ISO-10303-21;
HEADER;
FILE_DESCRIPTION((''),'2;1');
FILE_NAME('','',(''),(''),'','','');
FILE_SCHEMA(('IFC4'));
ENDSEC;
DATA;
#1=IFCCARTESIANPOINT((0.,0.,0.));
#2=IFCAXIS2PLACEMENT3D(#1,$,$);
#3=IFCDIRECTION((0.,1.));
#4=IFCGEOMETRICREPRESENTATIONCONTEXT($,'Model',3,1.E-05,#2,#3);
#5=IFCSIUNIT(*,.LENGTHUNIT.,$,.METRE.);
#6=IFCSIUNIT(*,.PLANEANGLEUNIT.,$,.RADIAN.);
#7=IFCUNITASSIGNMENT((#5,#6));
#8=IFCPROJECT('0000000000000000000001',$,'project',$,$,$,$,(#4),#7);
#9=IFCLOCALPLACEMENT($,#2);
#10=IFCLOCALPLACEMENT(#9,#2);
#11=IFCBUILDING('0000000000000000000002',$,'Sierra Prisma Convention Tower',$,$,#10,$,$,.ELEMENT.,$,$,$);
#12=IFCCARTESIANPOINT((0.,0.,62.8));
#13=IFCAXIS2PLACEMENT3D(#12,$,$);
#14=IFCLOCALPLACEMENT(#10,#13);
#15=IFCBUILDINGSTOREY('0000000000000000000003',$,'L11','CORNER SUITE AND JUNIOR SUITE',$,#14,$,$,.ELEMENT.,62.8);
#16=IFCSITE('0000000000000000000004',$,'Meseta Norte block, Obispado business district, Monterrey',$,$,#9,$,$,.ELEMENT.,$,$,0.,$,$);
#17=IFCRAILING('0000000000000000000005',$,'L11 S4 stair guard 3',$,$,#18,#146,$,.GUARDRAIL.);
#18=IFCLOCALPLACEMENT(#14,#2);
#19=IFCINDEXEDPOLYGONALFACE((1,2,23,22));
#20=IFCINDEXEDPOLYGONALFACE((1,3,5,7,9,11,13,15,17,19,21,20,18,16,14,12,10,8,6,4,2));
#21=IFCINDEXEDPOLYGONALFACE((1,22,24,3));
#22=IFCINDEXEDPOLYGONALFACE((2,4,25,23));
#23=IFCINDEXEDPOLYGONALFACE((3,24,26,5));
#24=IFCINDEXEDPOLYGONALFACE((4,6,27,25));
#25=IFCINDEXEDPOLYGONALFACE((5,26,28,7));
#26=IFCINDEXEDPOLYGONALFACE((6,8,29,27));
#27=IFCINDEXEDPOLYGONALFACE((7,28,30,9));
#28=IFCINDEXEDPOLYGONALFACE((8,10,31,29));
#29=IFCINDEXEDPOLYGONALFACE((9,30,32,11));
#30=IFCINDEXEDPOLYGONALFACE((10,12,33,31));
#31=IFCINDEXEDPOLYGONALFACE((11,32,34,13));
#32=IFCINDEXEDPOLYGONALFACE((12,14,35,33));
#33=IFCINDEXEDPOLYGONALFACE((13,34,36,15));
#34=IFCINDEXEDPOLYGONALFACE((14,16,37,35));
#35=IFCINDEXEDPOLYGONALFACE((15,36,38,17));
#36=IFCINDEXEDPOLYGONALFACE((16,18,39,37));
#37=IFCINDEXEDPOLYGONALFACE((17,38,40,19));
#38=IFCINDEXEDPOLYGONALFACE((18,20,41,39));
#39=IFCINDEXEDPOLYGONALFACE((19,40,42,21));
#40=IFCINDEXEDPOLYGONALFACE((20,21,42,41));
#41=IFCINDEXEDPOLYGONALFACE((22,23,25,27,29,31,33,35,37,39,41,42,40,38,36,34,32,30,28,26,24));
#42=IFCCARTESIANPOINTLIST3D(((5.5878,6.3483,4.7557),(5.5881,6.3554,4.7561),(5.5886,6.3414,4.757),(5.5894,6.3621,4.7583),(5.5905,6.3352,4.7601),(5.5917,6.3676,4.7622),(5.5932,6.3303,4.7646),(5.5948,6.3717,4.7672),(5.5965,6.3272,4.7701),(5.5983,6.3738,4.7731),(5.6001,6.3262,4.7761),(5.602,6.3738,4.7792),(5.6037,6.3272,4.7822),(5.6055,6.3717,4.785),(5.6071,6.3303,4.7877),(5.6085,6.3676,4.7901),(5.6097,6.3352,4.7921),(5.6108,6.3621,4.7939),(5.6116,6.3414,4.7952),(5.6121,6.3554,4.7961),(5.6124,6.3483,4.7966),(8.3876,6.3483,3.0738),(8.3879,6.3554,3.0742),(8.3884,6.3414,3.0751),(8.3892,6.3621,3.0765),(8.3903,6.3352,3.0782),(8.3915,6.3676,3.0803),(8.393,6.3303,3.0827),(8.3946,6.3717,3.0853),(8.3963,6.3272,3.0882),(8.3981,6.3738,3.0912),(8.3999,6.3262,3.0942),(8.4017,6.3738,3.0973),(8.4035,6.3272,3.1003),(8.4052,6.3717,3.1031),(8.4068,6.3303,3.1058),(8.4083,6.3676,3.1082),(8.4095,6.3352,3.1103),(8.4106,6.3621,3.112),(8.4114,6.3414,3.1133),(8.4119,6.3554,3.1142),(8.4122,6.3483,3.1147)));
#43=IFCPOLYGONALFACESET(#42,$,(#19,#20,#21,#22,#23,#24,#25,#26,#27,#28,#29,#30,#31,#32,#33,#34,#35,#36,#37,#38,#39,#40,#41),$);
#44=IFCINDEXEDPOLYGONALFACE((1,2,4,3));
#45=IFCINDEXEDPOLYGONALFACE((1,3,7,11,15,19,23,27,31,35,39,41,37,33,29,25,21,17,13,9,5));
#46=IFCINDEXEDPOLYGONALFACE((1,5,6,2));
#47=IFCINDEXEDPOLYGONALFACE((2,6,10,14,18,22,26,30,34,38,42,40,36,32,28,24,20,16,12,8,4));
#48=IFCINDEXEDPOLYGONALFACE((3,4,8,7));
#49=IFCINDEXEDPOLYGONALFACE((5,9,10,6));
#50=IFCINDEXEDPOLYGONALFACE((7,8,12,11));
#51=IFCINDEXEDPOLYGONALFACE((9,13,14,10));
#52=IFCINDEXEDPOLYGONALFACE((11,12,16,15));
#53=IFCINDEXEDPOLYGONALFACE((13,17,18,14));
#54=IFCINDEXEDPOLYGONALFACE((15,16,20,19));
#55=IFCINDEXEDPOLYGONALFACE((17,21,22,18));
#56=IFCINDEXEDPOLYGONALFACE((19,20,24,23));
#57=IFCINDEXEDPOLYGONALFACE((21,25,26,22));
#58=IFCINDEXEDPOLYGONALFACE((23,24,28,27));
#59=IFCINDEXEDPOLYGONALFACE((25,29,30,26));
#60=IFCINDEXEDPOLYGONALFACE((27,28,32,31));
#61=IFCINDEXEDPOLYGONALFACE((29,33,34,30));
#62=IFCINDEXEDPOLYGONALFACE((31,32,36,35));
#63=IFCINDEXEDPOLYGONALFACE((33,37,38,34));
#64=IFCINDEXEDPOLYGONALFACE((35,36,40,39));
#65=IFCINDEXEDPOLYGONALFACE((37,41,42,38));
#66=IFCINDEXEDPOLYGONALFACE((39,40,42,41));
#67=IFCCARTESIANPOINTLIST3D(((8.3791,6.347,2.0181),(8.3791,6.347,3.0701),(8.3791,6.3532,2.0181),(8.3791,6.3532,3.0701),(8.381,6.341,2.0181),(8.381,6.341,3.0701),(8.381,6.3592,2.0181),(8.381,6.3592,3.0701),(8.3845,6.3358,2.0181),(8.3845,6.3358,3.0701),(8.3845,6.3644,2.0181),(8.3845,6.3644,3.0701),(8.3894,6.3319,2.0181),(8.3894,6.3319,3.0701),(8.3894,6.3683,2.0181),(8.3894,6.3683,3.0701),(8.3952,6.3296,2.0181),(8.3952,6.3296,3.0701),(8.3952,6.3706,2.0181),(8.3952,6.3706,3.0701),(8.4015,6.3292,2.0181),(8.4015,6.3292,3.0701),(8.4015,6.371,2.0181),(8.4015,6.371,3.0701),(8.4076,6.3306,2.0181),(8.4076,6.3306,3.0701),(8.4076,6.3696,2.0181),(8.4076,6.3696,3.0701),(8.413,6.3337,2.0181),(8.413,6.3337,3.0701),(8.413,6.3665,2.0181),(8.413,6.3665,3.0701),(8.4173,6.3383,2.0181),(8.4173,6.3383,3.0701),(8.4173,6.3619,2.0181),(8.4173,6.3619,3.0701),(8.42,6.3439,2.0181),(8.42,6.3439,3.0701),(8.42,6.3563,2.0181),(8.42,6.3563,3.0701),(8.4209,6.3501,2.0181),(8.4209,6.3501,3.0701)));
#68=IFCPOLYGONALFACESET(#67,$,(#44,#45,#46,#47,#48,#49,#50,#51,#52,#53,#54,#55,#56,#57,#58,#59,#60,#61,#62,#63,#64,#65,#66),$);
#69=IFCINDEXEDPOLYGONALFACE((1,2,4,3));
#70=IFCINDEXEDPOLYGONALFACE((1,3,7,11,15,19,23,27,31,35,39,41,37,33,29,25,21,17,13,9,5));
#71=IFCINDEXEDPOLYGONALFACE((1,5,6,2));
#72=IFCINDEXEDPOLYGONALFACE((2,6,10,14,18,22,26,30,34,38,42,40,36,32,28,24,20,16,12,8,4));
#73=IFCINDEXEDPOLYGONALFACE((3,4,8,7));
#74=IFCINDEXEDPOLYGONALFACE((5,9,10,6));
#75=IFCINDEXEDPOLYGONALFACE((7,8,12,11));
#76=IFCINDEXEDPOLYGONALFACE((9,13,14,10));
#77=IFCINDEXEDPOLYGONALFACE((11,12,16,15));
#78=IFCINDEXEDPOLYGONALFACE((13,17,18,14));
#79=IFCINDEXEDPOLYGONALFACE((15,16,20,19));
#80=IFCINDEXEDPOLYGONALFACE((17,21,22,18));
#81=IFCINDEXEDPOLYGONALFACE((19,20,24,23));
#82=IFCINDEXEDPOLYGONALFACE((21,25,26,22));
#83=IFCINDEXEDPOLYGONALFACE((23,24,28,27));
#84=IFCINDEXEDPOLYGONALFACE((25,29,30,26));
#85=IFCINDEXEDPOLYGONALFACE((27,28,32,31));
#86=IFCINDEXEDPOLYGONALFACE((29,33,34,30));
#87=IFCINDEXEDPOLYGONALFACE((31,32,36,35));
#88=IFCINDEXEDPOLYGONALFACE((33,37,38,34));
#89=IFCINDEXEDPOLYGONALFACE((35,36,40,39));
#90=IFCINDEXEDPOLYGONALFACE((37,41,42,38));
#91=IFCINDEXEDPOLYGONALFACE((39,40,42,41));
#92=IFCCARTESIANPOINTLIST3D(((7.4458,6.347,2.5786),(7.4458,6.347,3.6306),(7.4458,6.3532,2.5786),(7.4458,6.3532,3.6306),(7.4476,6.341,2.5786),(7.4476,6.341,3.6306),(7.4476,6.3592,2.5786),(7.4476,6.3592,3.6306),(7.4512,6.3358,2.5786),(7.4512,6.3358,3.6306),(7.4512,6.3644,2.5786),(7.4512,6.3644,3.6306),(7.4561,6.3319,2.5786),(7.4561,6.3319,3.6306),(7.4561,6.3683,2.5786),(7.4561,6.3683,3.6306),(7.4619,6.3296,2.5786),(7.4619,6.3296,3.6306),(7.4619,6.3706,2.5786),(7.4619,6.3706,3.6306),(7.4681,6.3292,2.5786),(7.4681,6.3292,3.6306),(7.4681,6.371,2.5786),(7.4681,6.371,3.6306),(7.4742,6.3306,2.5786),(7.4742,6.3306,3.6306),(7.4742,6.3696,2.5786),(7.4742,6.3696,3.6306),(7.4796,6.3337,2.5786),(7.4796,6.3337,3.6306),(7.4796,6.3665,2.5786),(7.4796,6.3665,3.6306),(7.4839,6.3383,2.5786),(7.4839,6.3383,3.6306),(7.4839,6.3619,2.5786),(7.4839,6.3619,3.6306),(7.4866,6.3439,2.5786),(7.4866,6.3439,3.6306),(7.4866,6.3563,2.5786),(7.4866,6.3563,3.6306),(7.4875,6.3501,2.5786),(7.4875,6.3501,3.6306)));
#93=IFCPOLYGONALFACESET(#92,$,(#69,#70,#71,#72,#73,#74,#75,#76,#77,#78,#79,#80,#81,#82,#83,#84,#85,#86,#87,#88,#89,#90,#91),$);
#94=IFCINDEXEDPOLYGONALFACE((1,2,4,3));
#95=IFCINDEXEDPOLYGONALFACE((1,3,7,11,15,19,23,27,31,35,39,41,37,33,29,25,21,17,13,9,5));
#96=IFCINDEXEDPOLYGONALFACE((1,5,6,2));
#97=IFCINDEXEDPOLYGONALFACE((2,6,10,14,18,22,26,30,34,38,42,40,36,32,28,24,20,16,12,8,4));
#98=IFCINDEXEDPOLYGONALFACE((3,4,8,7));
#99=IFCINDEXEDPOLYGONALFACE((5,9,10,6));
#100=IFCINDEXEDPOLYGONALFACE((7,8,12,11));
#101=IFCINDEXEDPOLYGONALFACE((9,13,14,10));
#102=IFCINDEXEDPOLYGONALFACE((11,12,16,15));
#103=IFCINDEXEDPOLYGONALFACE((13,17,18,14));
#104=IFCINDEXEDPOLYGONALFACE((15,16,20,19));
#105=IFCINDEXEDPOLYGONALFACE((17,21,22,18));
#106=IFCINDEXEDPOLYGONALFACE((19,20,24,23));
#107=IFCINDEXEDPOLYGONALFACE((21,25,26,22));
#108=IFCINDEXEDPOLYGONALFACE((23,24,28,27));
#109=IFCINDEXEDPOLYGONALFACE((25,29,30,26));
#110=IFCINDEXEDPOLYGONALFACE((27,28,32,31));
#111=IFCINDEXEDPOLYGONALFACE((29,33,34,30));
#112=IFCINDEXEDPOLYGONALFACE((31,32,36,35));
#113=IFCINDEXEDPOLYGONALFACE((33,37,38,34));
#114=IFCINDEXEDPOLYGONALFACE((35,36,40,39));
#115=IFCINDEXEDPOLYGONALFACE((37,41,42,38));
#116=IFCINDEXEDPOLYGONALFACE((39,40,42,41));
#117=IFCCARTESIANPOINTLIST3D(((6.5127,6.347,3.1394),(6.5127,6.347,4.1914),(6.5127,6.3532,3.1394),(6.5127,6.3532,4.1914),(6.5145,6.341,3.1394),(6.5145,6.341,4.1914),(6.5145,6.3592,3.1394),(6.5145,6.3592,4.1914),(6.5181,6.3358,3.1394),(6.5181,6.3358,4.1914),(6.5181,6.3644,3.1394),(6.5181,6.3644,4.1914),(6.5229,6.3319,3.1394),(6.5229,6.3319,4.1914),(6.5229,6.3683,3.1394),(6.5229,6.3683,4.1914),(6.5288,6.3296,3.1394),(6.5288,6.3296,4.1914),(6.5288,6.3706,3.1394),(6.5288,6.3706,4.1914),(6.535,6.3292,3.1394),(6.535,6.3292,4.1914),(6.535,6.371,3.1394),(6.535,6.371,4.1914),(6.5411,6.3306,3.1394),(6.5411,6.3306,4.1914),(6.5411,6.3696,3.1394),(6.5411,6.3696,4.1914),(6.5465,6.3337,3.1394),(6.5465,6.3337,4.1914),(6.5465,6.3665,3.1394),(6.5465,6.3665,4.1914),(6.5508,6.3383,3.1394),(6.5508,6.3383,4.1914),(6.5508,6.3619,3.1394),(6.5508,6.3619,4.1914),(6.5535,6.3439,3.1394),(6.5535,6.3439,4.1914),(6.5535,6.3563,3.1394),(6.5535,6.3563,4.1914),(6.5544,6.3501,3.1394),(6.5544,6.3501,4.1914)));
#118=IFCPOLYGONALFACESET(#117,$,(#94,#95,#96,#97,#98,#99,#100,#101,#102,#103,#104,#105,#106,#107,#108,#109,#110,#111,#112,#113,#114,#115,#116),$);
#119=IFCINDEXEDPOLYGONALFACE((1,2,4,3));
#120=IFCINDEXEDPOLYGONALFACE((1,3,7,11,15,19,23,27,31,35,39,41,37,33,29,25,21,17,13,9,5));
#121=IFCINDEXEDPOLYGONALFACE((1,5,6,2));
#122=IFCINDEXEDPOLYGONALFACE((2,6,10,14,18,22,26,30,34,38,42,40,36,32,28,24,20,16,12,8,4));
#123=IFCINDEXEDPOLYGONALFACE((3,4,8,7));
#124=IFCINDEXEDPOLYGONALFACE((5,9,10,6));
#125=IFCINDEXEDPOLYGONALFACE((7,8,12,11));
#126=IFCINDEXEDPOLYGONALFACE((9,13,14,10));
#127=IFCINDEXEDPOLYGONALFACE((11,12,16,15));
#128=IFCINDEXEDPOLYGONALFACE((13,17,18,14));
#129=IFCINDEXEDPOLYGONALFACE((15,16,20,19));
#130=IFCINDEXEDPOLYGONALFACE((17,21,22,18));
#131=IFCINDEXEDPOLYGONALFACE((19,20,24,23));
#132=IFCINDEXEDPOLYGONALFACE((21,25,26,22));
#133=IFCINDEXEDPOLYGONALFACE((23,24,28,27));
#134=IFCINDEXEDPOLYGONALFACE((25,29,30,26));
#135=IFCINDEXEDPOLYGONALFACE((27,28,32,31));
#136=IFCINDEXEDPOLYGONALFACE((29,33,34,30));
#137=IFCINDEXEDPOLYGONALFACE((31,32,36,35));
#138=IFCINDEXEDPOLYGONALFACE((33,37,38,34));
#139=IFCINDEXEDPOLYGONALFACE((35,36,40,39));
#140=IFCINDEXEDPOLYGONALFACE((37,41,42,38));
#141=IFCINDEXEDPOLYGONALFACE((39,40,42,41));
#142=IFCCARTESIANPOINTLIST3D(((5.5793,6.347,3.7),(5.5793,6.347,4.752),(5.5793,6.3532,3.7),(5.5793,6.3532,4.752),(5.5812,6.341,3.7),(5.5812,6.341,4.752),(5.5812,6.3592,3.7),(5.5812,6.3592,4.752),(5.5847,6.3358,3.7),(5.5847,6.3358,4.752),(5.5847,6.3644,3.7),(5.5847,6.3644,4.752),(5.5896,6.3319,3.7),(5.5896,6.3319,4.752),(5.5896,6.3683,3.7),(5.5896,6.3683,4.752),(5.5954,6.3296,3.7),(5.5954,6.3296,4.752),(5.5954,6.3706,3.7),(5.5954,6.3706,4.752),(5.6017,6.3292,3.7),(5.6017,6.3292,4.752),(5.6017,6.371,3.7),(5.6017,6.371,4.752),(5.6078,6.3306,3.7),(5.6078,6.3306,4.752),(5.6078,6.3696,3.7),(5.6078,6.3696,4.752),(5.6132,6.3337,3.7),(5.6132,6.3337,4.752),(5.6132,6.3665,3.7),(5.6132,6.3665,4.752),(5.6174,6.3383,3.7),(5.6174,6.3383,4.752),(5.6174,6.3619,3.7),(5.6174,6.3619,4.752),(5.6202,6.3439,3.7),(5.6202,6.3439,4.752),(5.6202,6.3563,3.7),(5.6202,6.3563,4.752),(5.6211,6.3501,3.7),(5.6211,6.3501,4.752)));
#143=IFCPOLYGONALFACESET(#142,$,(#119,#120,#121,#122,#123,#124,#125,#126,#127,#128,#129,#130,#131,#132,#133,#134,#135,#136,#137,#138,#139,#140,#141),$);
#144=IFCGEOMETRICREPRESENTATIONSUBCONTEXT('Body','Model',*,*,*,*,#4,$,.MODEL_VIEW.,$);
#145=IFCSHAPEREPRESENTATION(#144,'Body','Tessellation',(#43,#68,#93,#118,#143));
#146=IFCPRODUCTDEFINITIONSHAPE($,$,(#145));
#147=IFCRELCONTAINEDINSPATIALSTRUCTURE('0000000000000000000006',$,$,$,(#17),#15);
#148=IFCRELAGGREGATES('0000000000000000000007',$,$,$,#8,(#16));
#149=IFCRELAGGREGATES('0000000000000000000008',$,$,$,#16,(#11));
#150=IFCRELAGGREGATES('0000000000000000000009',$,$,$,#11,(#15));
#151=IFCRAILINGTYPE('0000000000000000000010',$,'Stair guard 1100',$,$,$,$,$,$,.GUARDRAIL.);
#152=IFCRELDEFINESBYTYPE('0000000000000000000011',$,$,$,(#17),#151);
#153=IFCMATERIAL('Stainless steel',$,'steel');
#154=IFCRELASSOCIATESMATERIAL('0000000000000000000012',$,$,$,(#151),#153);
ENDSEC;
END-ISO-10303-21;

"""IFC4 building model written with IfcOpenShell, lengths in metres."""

from ifc_helpers import new_model, si_unit, direction, frame, origin, origin_2d, place, context, subcontext, project, spatial, circle, extrude, material, type_object, element, save


model = new_model("IFC4")

# Units and contexts
model_context = context("Model", 3, precision=1e-05, world=origin(), true_north=direction((0.0, 1.0)))
body_context = subcontext(model_context, "Body", "Model", "MODEL_VIEW")
ifc_project = project(units=[si_unit("LENGTHUNIT", "METRE"), si_unit("PLANEANGLEUNIT", "RADIAN")], contexts=[model_context])

# Site, building, storey
site_placement = place(None, origin())
site = spatial("IfcSite", under=ifc_project, at=site_placement, Name="Meseta Norte block, Obispado business district, Monterrey", CompositionType="ELEMENT", RefElevation=0.0)
building_placement = place(site_placement, origin())
building = spatial("IfcBuilding", under=site, at=building_placement, Name="Sierra Prisma Convention Tower", CompositionType="ELEMENT")
storey_placement = place(building_placement, frame((0.0, 0.0, 62.8)))
storey = spatial("IfcBuildingStorey", under=building, at=storey_placement, Name="L11", Description="CORNER SUITE AND JUNIOR SUITE", CompositionType="ELEMENT", Elevation=62.8)

# Railing
ifc_material_1 = material(Name="Stainless steel", Category="steel")
railing_type_1 = type_object("IfcRailingType", Name="Stair guard 1100", PredefinedType="GUARDRAIL", material=ifc_material_1)
railing_1_placement = place(storey_placement, frame((8.3999, 6.3501, 2.0181)))
element("IfcRailing", 1, at=railing_1_placement, inside=storey, type_object=railing_type_1, Name="L11 S4 stair guard 3", PredefinedType="GUARDRAIL", context=body_context, shape_type="SweptSolid", body=[
    extrude(circle(Radius=0.0239, at=origin_2d()), frame((0.0, 0.0, 1.0762), z_axis=(-0.857222, 0.0, 0.514946), x_axis=(0.0, -1.0, 0.0)), (0.0, 0.0, 1.0), 3.2661),
    extrude(circle(Radius=0.021, at=origin_2d()), origin(), (0.0, 0.0, 1.0), 1.052),
    extrude(circle(Radius=0.021, at=origin_2d()), frame((-0.9333, 0.0, 0.5605)), (0.0, 0.0, 1.0), 1.052),
    extrude(circle(Radius=0.021, at=origin_2d()), frame((-1.8665, 0.0, 1.1213)), (0.0, 0.0, 1.0), 1.052),
    extrude(circle(Radius=0.021, at=origin_2d()), frame((-2.7998, 0.0, 1.6819)), (0.0, 0.0, 1.0), 1.052),
])

save(model, "model.ifc")
